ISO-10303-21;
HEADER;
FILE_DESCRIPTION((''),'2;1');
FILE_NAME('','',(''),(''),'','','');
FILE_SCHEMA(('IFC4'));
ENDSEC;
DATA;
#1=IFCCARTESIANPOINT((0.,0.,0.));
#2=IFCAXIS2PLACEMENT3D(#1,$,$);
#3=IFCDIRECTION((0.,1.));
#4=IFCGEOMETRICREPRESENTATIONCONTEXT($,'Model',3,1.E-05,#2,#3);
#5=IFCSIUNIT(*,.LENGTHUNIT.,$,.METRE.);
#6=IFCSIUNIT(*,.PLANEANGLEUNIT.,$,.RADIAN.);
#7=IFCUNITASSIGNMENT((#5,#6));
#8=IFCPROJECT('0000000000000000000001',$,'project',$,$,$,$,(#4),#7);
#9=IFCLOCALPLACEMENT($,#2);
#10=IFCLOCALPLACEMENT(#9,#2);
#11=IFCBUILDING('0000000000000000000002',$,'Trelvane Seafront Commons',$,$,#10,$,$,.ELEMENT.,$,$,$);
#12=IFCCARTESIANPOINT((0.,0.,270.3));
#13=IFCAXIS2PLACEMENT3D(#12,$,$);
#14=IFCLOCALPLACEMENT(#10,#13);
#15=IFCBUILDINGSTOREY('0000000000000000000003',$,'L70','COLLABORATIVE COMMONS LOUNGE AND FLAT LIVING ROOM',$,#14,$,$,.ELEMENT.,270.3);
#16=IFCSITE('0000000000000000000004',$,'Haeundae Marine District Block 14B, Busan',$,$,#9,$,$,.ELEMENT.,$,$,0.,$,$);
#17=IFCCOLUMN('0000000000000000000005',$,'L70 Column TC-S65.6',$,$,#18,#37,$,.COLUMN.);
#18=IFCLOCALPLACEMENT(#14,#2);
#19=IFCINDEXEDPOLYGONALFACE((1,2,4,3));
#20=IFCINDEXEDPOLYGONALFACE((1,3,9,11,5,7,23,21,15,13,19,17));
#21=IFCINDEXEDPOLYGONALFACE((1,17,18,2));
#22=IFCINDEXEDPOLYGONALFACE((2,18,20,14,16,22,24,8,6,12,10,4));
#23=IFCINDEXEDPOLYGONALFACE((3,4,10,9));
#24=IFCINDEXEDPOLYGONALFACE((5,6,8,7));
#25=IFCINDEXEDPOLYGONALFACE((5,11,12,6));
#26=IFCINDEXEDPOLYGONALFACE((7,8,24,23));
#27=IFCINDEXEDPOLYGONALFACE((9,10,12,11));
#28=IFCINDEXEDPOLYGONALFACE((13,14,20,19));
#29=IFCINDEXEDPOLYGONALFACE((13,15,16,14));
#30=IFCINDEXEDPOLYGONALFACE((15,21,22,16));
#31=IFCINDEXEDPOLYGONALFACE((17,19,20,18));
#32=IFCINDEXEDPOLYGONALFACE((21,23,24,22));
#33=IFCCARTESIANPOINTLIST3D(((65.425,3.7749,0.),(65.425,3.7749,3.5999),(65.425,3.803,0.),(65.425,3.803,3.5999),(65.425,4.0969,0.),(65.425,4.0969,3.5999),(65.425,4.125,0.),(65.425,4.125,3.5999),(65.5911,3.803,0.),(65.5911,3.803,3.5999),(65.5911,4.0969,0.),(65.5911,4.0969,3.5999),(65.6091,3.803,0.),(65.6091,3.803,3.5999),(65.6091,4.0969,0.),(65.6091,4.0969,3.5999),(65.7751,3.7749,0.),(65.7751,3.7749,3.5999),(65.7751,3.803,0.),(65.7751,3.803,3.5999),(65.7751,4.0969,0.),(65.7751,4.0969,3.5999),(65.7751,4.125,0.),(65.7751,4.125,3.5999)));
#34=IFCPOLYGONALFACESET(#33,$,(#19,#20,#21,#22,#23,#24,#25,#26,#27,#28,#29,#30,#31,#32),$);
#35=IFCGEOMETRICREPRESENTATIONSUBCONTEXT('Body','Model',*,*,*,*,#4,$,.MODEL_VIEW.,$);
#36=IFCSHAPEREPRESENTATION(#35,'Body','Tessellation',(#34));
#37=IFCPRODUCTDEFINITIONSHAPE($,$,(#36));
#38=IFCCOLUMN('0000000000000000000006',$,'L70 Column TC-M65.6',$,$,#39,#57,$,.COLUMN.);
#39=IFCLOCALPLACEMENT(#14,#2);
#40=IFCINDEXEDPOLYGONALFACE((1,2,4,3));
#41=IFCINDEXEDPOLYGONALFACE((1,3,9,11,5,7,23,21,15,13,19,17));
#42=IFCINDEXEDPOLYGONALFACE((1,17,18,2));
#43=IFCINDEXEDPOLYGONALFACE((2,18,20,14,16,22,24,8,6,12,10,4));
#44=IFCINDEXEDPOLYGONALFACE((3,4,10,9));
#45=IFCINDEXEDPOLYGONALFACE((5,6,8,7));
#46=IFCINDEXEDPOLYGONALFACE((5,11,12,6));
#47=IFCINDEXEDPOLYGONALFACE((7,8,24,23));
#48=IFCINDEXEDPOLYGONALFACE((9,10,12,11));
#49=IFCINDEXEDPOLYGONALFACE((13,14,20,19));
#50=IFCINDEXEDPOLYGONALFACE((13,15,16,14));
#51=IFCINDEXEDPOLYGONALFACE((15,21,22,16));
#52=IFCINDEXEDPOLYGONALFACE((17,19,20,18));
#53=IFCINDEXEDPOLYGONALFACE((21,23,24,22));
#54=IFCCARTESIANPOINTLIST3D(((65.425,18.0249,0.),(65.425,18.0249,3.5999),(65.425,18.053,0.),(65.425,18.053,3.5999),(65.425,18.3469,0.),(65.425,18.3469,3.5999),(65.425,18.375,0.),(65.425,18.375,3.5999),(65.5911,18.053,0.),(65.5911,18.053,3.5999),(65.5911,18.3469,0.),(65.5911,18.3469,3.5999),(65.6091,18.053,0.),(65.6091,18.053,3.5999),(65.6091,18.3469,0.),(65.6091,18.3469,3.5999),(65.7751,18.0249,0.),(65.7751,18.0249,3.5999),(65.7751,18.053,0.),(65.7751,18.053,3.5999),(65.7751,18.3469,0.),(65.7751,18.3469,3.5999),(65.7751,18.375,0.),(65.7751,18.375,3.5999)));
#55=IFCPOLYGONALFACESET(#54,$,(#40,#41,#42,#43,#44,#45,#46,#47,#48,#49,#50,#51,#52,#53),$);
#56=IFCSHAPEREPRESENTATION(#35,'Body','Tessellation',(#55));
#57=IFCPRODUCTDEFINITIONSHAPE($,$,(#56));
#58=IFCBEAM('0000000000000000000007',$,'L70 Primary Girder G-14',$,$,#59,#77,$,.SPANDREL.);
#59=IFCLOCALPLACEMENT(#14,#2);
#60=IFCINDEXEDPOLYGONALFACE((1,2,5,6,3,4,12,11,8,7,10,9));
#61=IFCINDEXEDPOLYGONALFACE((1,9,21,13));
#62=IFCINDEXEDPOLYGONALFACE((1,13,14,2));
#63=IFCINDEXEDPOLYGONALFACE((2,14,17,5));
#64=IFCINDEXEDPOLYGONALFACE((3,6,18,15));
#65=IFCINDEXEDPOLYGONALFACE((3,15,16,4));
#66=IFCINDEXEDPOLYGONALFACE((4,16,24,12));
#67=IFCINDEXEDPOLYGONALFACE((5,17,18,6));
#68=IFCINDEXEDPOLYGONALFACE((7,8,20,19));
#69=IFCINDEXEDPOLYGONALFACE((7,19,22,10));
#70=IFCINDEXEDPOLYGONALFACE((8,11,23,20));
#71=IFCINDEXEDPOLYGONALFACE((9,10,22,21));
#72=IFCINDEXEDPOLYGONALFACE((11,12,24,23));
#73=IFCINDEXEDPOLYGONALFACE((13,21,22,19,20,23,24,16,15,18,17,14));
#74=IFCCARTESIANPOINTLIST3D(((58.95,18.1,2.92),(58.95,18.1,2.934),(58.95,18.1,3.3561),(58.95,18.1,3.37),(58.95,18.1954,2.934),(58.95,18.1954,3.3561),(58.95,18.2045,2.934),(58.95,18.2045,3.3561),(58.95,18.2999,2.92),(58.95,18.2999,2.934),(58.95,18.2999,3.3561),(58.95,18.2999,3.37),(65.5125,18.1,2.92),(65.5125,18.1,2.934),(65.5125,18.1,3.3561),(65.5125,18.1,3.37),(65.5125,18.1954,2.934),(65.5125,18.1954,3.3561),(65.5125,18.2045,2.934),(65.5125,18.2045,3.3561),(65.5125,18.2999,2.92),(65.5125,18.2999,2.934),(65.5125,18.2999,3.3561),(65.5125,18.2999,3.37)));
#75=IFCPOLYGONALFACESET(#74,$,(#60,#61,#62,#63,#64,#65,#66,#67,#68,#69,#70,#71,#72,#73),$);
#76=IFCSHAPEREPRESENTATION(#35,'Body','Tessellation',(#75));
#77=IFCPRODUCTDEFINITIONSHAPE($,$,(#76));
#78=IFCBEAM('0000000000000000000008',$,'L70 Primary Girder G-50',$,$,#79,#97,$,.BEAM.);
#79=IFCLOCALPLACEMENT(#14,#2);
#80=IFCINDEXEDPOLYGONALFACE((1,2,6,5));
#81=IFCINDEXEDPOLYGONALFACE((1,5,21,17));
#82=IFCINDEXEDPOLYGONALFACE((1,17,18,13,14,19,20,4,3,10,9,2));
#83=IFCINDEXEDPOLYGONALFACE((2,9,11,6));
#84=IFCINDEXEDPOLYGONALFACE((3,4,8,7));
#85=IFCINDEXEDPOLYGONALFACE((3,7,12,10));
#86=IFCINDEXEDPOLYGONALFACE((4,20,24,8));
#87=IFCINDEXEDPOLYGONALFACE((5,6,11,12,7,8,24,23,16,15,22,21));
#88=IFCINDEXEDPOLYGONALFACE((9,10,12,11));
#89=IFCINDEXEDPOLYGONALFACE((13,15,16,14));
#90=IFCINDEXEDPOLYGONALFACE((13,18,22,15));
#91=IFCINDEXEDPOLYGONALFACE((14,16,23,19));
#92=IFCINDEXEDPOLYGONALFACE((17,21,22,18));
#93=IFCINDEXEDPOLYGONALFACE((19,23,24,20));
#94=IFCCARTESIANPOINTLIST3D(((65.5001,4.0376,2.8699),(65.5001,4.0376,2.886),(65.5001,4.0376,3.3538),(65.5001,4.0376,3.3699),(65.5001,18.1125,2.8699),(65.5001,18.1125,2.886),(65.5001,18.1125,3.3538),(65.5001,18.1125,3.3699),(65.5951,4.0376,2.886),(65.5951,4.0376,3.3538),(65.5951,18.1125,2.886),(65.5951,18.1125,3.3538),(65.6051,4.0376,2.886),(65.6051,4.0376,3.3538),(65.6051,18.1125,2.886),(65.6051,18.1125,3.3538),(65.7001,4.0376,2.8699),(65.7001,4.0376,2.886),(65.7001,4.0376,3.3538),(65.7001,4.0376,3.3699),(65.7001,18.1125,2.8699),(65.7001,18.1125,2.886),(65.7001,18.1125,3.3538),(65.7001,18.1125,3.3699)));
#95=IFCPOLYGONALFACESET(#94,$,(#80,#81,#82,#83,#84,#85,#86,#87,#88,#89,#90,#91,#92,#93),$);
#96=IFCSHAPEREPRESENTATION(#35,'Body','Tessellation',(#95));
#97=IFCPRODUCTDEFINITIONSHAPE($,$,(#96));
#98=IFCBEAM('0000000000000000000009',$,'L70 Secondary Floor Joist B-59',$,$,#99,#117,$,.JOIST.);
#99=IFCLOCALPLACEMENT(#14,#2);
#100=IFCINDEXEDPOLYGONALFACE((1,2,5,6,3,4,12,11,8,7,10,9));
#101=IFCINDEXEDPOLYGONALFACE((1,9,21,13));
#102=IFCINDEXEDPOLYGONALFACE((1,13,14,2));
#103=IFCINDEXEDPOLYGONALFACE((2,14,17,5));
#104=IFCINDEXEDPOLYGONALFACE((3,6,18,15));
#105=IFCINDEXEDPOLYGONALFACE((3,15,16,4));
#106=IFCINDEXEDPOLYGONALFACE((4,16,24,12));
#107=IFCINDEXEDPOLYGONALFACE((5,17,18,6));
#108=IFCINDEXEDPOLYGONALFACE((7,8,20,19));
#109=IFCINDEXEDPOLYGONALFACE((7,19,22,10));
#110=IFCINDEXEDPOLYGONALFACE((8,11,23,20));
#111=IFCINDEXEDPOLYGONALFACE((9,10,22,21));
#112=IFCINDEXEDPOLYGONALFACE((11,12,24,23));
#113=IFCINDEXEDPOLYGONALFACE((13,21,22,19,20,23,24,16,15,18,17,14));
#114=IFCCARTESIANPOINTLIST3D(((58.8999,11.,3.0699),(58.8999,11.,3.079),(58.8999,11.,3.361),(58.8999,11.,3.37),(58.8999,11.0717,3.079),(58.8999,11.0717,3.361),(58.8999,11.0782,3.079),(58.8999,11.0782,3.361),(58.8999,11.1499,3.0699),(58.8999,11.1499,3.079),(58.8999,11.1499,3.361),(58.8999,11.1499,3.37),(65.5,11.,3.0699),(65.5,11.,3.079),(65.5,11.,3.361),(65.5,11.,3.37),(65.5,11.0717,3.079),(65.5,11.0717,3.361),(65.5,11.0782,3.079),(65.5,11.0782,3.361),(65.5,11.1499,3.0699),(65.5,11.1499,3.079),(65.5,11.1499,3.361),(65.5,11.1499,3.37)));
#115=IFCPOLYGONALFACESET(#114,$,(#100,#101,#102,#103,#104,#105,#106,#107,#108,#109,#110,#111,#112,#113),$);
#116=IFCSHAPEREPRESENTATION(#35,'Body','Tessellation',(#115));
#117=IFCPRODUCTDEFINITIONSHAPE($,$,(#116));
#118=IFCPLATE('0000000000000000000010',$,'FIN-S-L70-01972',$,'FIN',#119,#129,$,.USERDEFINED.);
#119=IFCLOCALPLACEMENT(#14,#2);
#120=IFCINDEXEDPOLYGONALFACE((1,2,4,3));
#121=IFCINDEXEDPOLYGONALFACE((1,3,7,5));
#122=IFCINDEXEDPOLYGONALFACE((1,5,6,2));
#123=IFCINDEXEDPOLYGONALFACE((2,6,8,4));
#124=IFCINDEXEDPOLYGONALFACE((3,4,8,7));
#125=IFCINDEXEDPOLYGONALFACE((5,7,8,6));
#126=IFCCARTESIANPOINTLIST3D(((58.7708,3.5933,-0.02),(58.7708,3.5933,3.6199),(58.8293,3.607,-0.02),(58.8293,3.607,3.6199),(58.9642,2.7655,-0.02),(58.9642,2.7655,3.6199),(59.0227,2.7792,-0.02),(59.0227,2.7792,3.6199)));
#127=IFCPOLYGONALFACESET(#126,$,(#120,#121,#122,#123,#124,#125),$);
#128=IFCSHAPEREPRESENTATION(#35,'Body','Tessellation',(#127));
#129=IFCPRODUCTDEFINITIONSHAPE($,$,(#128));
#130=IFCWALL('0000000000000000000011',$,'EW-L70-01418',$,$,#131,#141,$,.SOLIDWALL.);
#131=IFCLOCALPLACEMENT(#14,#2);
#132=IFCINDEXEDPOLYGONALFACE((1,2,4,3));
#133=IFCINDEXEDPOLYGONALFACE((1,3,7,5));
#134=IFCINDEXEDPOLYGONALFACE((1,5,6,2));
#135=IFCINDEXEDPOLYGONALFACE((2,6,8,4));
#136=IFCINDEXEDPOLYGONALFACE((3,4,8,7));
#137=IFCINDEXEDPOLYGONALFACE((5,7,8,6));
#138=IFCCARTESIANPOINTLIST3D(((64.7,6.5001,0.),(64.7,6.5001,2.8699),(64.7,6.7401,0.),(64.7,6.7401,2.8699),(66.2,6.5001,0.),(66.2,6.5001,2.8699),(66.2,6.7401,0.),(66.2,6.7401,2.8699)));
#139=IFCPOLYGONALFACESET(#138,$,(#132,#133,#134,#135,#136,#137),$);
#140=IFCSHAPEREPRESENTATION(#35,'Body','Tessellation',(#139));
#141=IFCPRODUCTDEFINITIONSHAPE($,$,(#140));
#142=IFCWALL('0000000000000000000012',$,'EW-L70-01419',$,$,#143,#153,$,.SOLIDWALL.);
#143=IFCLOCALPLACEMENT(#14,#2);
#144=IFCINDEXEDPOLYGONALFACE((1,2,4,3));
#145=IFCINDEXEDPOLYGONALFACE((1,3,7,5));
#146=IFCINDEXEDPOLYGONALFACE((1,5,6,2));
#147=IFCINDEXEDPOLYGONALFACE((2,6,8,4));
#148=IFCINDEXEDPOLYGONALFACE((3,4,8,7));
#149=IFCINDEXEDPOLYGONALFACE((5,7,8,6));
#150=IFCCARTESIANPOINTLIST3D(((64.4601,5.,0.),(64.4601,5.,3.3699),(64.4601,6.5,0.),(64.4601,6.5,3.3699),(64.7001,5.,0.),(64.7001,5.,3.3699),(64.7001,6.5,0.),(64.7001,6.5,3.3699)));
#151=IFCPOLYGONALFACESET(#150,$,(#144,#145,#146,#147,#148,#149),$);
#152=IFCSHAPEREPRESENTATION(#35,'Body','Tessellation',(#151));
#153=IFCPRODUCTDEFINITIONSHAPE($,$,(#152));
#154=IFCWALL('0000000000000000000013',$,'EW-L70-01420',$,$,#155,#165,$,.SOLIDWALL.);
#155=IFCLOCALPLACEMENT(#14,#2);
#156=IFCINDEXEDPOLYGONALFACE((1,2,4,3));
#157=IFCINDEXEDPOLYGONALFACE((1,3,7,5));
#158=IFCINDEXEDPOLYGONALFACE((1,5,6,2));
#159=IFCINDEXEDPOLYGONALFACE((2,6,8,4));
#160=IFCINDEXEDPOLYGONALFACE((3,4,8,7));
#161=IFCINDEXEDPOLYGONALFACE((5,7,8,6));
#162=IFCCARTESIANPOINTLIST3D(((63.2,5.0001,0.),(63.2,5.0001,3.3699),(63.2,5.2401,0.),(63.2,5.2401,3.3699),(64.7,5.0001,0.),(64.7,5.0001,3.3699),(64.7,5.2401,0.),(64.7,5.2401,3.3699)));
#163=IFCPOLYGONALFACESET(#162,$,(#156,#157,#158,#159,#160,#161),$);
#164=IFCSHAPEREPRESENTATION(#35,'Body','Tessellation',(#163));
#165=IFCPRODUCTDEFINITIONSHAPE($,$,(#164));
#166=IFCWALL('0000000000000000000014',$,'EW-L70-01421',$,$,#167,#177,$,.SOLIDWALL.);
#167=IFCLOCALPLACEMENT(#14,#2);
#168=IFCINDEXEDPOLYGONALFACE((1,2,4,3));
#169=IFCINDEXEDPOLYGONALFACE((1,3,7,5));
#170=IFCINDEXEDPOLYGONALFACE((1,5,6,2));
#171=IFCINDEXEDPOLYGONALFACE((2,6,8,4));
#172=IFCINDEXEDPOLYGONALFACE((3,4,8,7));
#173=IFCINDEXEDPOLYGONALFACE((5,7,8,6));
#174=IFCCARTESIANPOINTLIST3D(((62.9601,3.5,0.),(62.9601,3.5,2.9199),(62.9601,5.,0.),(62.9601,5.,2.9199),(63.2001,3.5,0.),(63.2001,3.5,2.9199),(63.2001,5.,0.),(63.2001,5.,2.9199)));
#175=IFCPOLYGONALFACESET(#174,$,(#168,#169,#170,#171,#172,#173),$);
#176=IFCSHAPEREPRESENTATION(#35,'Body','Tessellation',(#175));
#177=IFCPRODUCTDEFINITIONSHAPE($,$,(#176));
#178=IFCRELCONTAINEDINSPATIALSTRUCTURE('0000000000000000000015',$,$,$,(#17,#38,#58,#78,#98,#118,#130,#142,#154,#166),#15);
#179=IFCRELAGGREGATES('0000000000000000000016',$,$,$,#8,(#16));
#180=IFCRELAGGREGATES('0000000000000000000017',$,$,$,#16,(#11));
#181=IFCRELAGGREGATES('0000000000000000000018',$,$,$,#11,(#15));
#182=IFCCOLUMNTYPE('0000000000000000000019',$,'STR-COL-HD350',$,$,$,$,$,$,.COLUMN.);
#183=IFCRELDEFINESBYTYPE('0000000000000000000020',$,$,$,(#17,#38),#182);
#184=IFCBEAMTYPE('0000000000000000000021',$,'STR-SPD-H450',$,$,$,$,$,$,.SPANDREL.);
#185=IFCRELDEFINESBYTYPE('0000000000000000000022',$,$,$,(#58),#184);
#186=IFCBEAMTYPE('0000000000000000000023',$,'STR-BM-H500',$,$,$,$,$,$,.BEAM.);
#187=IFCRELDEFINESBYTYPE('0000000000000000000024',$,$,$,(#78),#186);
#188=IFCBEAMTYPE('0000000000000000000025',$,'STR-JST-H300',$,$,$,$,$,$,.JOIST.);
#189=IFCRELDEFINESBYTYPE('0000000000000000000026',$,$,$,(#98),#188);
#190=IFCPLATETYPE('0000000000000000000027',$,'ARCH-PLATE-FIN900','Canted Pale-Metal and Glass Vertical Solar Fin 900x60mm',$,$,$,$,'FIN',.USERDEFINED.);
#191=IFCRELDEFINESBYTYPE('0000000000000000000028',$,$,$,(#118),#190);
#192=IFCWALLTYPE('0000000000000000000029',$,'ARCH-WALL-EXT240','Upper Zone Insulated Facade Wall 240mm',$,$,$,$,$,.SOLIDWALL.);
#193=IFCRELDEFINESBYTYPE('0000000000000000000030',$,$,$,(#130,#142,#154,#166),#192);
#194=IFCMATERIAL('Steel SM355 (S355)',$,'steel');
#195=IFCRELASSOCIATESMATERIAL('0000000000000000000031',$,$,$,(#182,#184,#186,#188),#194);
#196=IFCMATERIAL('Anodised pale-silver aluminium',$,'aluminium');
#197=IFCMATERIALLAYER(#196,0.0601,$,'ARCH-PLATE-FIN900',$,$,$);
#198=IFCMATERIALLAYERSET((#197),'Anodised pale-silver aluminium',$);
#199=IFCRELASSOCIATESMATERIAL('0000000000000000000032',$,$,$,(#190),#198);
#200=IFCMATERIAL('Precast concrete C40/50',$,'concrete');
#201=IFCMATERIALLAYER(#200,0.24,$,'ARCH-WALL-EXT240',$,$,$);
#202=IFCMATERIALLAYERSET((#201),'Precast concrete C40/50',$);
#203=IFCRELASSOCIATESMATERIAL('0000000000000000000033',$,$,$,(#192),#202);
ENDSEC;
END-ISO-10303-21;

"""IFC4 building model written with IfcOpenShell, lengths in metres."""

from ifc_helpers import new_model, si_unit, direction, frame, frame_2d, origin, origin_2d, place, context, subcontext, project, spatial, rectangle, i_section, extrude, source, transform, mapped, material, layer, layer_set, material_profile, profile_set, type_object, element, save


model = new_model("IFC4")

# Units and contexts
model_context = context("Model", 3, precision=1e-05, world=origin(), true_north=direction((0.0, 1.0)))
body_context = subcontext(model_context, "Body", "Model", "MODEL_VIEW")
ifc_project = project(units=[si_unit("LENGTHUNIT", "METRE"), si_unit("PLANEANGLEUNIT", "RADIAN")], contexts=[model_context])

# Site, building, storey
site_placement = place(None, origin())
site = spatial("IfcSite", under=ifc_project, at=site_placement, Name="Haeundae Marine District Block 14B, Busan", CompositionType="ELEMENT", RefElevation=0.0)
building_placement = place(site_placement, origin())
building = spatial("IfcBuilding", under=site, at=building_placement, Name="Trelvane Seafront Commons", CompositionType="ELEMENT")
storey_placement = place(building_placement, frame((0.0, 0.0, 270.3)))
storey = spatial("IfcBuildingStorey", under=building, at=storey_placement, Name="L70", Description="COLLABORATIVE COMMONS LOUNGE AND FLAT LIVING ROOM", CompositionType="ELEMENT", Elevation=270.3)

# Columns
ifc_material_1 = material(Name="Steel SM355 (S355)", Category="steel")
ifc_material_profile_1 = material_profile(ifc_material_1, i_section(OverallWidth=0.3501, OverallDepth=0.3501, WebThickness=0.0181, FlangeThickness=0.0281, at=origin_2d()), Name="HD-350x350x18x28")
ifc_profile_set_1 = profile_set([ifc_material_profile_1], Name="Steel SM355 (S355)")
column_type = type_object("IfcColumnType", Name="STR-COL-HD350", PredefinedType="COLUMN", material=ifc_profile_set_1)
shared_shape_1 = source(origin(), body_context, "Body", "SweptSolid", [
    extrude(i_section(OverallWidth=0.3501, OverallDepth=0.3501, WebThickness=0.0181, FlangeThickness=0.0281, at=origin_2d()), origin(), (0.0, 0.0, 1.0), 3.5999),
])
for number, where, z_axis, x_axis, name in (
    (1, (65.6001, 3.95, 0.0), (0.0, 0.0, 1.0), (1.0, 0.0, 0.0), "L70 Column TC-S65.6"),
    (2, (65.6001, 18.2, 0.0), (0.0, 0.0, 1.0), (1.0, 0.0, 0.0), "L70 Column TC-M65.6"),
):
    element("IfcColumn", number, at=place(storey_placement, frame(where, z_axis=z_axis, x_axis=x_axis)), inside=storey, type_object=column_type, Name=name, PredefinedType="COLUMN", context=body_context, shape_type="MappedRepresentation", body=[
        mapped(shared_shape_1, transform((0.0, 0.0, 0.0), x_axis=(1.0, 0.0, 0.0), y_axis=(0.0, 1.0, 0.0), z_axis=(0.0, 0.0, 1.0), scale=1.0)),
    ])

# Beams
ifc_material_profile_2 = material_profile(ifc_material_1, i_section(OverallWidth=0.2, OverallDepth=0.45, WebThickness=0.009, FlangeThickness=0.0139, at=origin_2d()), Name="H-450x200x9x14")
ifc_profile_set_2 = profile_set([ifc_material_profile_2], Name="Steel SM355 (S355)")
beam_type_1 = type_object("IfcBeamType", Name="STR-SPD-H450", PredefinedType="SPANDREL", material=ifc_profile_set_2)
shared_shape_2 = source(origin(), body_context, "Body", "SweptSolid", [
    extrude(i_section(OverallWidth=0.2, OverallDepth=0.45, WebThickness=0.009, FlangeThickness=0.0139, at=origin_2d()), origin(), (0.0, 0.0, 1.0), 6.5625),
])
beam_1_placement = place(storey_placement, frame((58.95, 18.2, 3.145), z_axis=(1.0, 0.0, 0.0), x_axis=(0.0, 1.0, 0.0)))
element("IfcBeam", 3, at=beam_1_placement, inside=storey, type_object=beam_type_1, Name="L70 Primary Girder G-14", PredefinedType="SPANDREL", context=body_context, shape_type="MappedRepresentation", body=[
    mapped(shared_shape_2, transform((0.0, 0.0, 0.0), x_axis=(1.0, 0.0, 0.0), y_axis=(0.0, 1.0, 0.0), z_axis=(0.0, 0.0, 1.0), scale=1.0)),
])
ifc_material_profile_3 = material_profile(ifc_material_1, i_section(OverallWidth=0.2, OverallDepth=0.5, WebThickness=0.01, FlangeThickness=0.0161, at=origin_2d()), Name="H-500x200x10x16")
ifc_profile_set_3 = profile_set([ifc_material_profile_3], Name="Steel SM355 (S355)")
beam_type_2 = type_object("IfcBeamType", Name="STR-BM-H500", PredefinedType="BEAM", material=ifc_profile_set_3)
shared_shape_3 = source(origin(), body_context, "Body", "SweptSolid", [
    extrude(i_section(OverallWidth=0.2, OverallDepth=0.5, WebThickness=0.01, FlangeThickness=0.0161, at=origin_2d()), origin(), (0.0, 0.0, 1.0), 14.075),
])
beam_2_placement = place(storey_placement, frame((65.6001, 4.0376, 3.1199), z_axis=(0.0, 1.0, 0.0), x_axis=(-1.0, 0.0, 0.0)))
element("IfcBeam", 4, at=beam_2_placement, inside=storey, type_object=beam_type_2, Name="L70 Primary Girder G-50", PredefinedType="BEAM", context=body_context, shape_type="MappedRepresentation", body=[
    mapped(shared_shape_3, transform((0.0, 0.0, 0.0), x_axis=(1.0, 0.0, 0.0), y_axis=(0.0, 1.0, 0.0), z_axis=(0.0, 0.0, 1.0), scale=1.0)),
])
ifc_material_profile_4 = material_profile(ifc_material_1, i_section(OverallWidth=0.1499, OverallDepth=0.3, WebThickness=0.0066, FlangeThickness=0.009, at=origin_2d()), Name="H-300x150x6.5x9")
ifc_profile_set_4 = profile_set([ifc_material_profile_4], Name="Steel SM355 (S355)")
beam_type_3 = type_object("IfcBeamType", Name="STR-JST-H300", PredefinedType="JOIST", material=ifc_profile_set_4)
shared_shape_4 = source(origin(), body_context, "Body", "SweptSolid", [
    extrude(i_section(OverallWidth=0.1499, OverallDepth=0.3, WebThickness=0.0066, FlangeThickness=0.009, at=origin_2d()), origin(), (0.0, 0.0, 1.0), 6.6001),
])
beam_3_placement = place(storey_placement, frame((58.8999, 11.075, 3.22), z_axis=(1.0, 0.0, 0.0), x_axis=(0.0, 1.0, 0.0)))
element("IfcBeam", 5, at=beam_3_placement, inside=storey, type_object=beam_type_3, Name="L70 Secondary Floor Joist B-59", PredefinedType="JOIST", context=body_context, shape_type="MappedRepresentation", body=[
    mapped(shared_shape_4, transform((0.0, 0.0, 0.0), x_axis=(1.0, 0.0, 0.0), y_axis=(0.0, 1.0, 0.0), z_axis=(0.0, 0.0, 1.0), scale=1.0)),
])

# Plate
ifc_material_2 = material(Name="Anodised pale-silver aluminium", Category="aluminium")
ifc_layer_1 = layer(ifc_material_2, 0.0601, Name="ARCH-PLATE-FIN900")
ifc_layer_set_1 = layer_set([ifc_layer_1], Name="Anodised pale-silver aluminium")
plate_type = type_object("IfcPlateType", Name="ARCH-PLATE-FIN900", Description="Canted Pale-Metal and Glass Vertical Solar Fin 900x60mm", ElementType="FIN", PredefinedType="USERDEFINED", material=ifc_layer_set_1)
shared_shape_5 = source(origin(), body_context, "Body", "SweptSolid", [
    extrude(rectangle(XDim=0.8501, YDim=0.0601, at=origin_2d()), origin(), (0.0, 0.0, 1.0), 3.6399),
])
plate_placement = place(storey_placement, frame((58.8967, 3.1863, -0.02), z_axis=(0.0, 0.0, 1.0), x_axis=(0.22753, -0.973771, 0.0)))
element("IfcPlate", 6, at=plate_placement, inside=storey, type_object=plate_type, Name="FIN-S-L70-01972", ObjectType="FIN", PredefinedType="USERDEFINED", context=body_context, shape_type="MappedRepresentation", body=[
    mapped(shared_shape_5, transform((0.0, 0.0, 0.0), x_axis=(1.0, 0.0, 0.0), y_axis=(0.0, 1.0, 0.0), z_axis=(0.0, 0.0, 1.0), scale=1.0)),
])

# Walls
ifc_material_3 = material(Name="Precast concrete C40/50", Category="concrete")
ifc_layer_2 = layer(ifc_material_3, 0.24, Name="ARCH-WALL-EXT240")
ifc_layer_set_2 = layer_set([ifc_layer_2], Name="Precast concrete C40/50")
wall_type = type_object("IfcWallType", Name="ARCH-WALL-EXT240", Description="Upper Zone Insulated Facade Wall 240mm", PredefinedType="SOLIDWALL", material=ifc_layer_set_2)
wall_1_placement = place(storey_placement, frame((66.2, 6.6201, 0.0), z_axis=(0.0, 0.0, 1.0), x_axis=(-1.0, 0.0, 0.0)))
element("IfcWall", 7, at=wall_1_placement, inside=storey, type_object=wall_type, Name="EW-L70-01418", PredefinedType="SOLIDWALL", context=body_context, shape_type="SweptSolid", body=[
    extrude(rectangle(XDim=1.5, YDim=0.24, at=frame_2d((0.75, 0.0))), origin(), (0.0, 0.0, 1.0), 2.8699),
])
for number, where, z_axis, x_axis, name in (
    (8, (64.5801, 6.5, 0.0), (0.0, 0.0, 1.0), (0.0, -1.0, 0.0), "EW-L70-01419"),
    (9, (64.7, 5.1201, 0.0), (0.0, 0.0, 1.0), (-1.0, 0.0, 0.0), "EW-L70-01420"),
):
    element("IfcWall", number, at=place(storey_placement, frame(where, z_axis=z_axis, x_axis=x_axis)), inside=storey, type_object=wall_type, Name=name, PredefinedType="SOLIDWALL", context=body_context, shape_type="SweptSolid", body=[
        extrude(rectangle(XDim=1.5, YDim=0.24, at=frame_2d((0.75, 0.0))), origin(), (0.0, 0.0, 1.0), 3.3699),
    ])
wall_2_placement = place(storey_placement, frame((63.0801, 5.0, 0.0), z_axis=(0.0, 0.0, 1.0), x_axis=(0.0, -1.0, 0.0)))
element("IfcWall", 10, at=wall_2_placement, inside=storey, type_object=wall_type, Name="EW-L70-01421", PredefinedType="SOLIDWALL", context=body_context, shape_type="SweptSolid", body=[
    extrude(rectangle(XDim=1.5, YDim=0.24, at=frame_2d((0.75, 0.0))), origin(), (0.0, 0.0, 1.0), 2.9199),
])

save(model, "model.ifc")
